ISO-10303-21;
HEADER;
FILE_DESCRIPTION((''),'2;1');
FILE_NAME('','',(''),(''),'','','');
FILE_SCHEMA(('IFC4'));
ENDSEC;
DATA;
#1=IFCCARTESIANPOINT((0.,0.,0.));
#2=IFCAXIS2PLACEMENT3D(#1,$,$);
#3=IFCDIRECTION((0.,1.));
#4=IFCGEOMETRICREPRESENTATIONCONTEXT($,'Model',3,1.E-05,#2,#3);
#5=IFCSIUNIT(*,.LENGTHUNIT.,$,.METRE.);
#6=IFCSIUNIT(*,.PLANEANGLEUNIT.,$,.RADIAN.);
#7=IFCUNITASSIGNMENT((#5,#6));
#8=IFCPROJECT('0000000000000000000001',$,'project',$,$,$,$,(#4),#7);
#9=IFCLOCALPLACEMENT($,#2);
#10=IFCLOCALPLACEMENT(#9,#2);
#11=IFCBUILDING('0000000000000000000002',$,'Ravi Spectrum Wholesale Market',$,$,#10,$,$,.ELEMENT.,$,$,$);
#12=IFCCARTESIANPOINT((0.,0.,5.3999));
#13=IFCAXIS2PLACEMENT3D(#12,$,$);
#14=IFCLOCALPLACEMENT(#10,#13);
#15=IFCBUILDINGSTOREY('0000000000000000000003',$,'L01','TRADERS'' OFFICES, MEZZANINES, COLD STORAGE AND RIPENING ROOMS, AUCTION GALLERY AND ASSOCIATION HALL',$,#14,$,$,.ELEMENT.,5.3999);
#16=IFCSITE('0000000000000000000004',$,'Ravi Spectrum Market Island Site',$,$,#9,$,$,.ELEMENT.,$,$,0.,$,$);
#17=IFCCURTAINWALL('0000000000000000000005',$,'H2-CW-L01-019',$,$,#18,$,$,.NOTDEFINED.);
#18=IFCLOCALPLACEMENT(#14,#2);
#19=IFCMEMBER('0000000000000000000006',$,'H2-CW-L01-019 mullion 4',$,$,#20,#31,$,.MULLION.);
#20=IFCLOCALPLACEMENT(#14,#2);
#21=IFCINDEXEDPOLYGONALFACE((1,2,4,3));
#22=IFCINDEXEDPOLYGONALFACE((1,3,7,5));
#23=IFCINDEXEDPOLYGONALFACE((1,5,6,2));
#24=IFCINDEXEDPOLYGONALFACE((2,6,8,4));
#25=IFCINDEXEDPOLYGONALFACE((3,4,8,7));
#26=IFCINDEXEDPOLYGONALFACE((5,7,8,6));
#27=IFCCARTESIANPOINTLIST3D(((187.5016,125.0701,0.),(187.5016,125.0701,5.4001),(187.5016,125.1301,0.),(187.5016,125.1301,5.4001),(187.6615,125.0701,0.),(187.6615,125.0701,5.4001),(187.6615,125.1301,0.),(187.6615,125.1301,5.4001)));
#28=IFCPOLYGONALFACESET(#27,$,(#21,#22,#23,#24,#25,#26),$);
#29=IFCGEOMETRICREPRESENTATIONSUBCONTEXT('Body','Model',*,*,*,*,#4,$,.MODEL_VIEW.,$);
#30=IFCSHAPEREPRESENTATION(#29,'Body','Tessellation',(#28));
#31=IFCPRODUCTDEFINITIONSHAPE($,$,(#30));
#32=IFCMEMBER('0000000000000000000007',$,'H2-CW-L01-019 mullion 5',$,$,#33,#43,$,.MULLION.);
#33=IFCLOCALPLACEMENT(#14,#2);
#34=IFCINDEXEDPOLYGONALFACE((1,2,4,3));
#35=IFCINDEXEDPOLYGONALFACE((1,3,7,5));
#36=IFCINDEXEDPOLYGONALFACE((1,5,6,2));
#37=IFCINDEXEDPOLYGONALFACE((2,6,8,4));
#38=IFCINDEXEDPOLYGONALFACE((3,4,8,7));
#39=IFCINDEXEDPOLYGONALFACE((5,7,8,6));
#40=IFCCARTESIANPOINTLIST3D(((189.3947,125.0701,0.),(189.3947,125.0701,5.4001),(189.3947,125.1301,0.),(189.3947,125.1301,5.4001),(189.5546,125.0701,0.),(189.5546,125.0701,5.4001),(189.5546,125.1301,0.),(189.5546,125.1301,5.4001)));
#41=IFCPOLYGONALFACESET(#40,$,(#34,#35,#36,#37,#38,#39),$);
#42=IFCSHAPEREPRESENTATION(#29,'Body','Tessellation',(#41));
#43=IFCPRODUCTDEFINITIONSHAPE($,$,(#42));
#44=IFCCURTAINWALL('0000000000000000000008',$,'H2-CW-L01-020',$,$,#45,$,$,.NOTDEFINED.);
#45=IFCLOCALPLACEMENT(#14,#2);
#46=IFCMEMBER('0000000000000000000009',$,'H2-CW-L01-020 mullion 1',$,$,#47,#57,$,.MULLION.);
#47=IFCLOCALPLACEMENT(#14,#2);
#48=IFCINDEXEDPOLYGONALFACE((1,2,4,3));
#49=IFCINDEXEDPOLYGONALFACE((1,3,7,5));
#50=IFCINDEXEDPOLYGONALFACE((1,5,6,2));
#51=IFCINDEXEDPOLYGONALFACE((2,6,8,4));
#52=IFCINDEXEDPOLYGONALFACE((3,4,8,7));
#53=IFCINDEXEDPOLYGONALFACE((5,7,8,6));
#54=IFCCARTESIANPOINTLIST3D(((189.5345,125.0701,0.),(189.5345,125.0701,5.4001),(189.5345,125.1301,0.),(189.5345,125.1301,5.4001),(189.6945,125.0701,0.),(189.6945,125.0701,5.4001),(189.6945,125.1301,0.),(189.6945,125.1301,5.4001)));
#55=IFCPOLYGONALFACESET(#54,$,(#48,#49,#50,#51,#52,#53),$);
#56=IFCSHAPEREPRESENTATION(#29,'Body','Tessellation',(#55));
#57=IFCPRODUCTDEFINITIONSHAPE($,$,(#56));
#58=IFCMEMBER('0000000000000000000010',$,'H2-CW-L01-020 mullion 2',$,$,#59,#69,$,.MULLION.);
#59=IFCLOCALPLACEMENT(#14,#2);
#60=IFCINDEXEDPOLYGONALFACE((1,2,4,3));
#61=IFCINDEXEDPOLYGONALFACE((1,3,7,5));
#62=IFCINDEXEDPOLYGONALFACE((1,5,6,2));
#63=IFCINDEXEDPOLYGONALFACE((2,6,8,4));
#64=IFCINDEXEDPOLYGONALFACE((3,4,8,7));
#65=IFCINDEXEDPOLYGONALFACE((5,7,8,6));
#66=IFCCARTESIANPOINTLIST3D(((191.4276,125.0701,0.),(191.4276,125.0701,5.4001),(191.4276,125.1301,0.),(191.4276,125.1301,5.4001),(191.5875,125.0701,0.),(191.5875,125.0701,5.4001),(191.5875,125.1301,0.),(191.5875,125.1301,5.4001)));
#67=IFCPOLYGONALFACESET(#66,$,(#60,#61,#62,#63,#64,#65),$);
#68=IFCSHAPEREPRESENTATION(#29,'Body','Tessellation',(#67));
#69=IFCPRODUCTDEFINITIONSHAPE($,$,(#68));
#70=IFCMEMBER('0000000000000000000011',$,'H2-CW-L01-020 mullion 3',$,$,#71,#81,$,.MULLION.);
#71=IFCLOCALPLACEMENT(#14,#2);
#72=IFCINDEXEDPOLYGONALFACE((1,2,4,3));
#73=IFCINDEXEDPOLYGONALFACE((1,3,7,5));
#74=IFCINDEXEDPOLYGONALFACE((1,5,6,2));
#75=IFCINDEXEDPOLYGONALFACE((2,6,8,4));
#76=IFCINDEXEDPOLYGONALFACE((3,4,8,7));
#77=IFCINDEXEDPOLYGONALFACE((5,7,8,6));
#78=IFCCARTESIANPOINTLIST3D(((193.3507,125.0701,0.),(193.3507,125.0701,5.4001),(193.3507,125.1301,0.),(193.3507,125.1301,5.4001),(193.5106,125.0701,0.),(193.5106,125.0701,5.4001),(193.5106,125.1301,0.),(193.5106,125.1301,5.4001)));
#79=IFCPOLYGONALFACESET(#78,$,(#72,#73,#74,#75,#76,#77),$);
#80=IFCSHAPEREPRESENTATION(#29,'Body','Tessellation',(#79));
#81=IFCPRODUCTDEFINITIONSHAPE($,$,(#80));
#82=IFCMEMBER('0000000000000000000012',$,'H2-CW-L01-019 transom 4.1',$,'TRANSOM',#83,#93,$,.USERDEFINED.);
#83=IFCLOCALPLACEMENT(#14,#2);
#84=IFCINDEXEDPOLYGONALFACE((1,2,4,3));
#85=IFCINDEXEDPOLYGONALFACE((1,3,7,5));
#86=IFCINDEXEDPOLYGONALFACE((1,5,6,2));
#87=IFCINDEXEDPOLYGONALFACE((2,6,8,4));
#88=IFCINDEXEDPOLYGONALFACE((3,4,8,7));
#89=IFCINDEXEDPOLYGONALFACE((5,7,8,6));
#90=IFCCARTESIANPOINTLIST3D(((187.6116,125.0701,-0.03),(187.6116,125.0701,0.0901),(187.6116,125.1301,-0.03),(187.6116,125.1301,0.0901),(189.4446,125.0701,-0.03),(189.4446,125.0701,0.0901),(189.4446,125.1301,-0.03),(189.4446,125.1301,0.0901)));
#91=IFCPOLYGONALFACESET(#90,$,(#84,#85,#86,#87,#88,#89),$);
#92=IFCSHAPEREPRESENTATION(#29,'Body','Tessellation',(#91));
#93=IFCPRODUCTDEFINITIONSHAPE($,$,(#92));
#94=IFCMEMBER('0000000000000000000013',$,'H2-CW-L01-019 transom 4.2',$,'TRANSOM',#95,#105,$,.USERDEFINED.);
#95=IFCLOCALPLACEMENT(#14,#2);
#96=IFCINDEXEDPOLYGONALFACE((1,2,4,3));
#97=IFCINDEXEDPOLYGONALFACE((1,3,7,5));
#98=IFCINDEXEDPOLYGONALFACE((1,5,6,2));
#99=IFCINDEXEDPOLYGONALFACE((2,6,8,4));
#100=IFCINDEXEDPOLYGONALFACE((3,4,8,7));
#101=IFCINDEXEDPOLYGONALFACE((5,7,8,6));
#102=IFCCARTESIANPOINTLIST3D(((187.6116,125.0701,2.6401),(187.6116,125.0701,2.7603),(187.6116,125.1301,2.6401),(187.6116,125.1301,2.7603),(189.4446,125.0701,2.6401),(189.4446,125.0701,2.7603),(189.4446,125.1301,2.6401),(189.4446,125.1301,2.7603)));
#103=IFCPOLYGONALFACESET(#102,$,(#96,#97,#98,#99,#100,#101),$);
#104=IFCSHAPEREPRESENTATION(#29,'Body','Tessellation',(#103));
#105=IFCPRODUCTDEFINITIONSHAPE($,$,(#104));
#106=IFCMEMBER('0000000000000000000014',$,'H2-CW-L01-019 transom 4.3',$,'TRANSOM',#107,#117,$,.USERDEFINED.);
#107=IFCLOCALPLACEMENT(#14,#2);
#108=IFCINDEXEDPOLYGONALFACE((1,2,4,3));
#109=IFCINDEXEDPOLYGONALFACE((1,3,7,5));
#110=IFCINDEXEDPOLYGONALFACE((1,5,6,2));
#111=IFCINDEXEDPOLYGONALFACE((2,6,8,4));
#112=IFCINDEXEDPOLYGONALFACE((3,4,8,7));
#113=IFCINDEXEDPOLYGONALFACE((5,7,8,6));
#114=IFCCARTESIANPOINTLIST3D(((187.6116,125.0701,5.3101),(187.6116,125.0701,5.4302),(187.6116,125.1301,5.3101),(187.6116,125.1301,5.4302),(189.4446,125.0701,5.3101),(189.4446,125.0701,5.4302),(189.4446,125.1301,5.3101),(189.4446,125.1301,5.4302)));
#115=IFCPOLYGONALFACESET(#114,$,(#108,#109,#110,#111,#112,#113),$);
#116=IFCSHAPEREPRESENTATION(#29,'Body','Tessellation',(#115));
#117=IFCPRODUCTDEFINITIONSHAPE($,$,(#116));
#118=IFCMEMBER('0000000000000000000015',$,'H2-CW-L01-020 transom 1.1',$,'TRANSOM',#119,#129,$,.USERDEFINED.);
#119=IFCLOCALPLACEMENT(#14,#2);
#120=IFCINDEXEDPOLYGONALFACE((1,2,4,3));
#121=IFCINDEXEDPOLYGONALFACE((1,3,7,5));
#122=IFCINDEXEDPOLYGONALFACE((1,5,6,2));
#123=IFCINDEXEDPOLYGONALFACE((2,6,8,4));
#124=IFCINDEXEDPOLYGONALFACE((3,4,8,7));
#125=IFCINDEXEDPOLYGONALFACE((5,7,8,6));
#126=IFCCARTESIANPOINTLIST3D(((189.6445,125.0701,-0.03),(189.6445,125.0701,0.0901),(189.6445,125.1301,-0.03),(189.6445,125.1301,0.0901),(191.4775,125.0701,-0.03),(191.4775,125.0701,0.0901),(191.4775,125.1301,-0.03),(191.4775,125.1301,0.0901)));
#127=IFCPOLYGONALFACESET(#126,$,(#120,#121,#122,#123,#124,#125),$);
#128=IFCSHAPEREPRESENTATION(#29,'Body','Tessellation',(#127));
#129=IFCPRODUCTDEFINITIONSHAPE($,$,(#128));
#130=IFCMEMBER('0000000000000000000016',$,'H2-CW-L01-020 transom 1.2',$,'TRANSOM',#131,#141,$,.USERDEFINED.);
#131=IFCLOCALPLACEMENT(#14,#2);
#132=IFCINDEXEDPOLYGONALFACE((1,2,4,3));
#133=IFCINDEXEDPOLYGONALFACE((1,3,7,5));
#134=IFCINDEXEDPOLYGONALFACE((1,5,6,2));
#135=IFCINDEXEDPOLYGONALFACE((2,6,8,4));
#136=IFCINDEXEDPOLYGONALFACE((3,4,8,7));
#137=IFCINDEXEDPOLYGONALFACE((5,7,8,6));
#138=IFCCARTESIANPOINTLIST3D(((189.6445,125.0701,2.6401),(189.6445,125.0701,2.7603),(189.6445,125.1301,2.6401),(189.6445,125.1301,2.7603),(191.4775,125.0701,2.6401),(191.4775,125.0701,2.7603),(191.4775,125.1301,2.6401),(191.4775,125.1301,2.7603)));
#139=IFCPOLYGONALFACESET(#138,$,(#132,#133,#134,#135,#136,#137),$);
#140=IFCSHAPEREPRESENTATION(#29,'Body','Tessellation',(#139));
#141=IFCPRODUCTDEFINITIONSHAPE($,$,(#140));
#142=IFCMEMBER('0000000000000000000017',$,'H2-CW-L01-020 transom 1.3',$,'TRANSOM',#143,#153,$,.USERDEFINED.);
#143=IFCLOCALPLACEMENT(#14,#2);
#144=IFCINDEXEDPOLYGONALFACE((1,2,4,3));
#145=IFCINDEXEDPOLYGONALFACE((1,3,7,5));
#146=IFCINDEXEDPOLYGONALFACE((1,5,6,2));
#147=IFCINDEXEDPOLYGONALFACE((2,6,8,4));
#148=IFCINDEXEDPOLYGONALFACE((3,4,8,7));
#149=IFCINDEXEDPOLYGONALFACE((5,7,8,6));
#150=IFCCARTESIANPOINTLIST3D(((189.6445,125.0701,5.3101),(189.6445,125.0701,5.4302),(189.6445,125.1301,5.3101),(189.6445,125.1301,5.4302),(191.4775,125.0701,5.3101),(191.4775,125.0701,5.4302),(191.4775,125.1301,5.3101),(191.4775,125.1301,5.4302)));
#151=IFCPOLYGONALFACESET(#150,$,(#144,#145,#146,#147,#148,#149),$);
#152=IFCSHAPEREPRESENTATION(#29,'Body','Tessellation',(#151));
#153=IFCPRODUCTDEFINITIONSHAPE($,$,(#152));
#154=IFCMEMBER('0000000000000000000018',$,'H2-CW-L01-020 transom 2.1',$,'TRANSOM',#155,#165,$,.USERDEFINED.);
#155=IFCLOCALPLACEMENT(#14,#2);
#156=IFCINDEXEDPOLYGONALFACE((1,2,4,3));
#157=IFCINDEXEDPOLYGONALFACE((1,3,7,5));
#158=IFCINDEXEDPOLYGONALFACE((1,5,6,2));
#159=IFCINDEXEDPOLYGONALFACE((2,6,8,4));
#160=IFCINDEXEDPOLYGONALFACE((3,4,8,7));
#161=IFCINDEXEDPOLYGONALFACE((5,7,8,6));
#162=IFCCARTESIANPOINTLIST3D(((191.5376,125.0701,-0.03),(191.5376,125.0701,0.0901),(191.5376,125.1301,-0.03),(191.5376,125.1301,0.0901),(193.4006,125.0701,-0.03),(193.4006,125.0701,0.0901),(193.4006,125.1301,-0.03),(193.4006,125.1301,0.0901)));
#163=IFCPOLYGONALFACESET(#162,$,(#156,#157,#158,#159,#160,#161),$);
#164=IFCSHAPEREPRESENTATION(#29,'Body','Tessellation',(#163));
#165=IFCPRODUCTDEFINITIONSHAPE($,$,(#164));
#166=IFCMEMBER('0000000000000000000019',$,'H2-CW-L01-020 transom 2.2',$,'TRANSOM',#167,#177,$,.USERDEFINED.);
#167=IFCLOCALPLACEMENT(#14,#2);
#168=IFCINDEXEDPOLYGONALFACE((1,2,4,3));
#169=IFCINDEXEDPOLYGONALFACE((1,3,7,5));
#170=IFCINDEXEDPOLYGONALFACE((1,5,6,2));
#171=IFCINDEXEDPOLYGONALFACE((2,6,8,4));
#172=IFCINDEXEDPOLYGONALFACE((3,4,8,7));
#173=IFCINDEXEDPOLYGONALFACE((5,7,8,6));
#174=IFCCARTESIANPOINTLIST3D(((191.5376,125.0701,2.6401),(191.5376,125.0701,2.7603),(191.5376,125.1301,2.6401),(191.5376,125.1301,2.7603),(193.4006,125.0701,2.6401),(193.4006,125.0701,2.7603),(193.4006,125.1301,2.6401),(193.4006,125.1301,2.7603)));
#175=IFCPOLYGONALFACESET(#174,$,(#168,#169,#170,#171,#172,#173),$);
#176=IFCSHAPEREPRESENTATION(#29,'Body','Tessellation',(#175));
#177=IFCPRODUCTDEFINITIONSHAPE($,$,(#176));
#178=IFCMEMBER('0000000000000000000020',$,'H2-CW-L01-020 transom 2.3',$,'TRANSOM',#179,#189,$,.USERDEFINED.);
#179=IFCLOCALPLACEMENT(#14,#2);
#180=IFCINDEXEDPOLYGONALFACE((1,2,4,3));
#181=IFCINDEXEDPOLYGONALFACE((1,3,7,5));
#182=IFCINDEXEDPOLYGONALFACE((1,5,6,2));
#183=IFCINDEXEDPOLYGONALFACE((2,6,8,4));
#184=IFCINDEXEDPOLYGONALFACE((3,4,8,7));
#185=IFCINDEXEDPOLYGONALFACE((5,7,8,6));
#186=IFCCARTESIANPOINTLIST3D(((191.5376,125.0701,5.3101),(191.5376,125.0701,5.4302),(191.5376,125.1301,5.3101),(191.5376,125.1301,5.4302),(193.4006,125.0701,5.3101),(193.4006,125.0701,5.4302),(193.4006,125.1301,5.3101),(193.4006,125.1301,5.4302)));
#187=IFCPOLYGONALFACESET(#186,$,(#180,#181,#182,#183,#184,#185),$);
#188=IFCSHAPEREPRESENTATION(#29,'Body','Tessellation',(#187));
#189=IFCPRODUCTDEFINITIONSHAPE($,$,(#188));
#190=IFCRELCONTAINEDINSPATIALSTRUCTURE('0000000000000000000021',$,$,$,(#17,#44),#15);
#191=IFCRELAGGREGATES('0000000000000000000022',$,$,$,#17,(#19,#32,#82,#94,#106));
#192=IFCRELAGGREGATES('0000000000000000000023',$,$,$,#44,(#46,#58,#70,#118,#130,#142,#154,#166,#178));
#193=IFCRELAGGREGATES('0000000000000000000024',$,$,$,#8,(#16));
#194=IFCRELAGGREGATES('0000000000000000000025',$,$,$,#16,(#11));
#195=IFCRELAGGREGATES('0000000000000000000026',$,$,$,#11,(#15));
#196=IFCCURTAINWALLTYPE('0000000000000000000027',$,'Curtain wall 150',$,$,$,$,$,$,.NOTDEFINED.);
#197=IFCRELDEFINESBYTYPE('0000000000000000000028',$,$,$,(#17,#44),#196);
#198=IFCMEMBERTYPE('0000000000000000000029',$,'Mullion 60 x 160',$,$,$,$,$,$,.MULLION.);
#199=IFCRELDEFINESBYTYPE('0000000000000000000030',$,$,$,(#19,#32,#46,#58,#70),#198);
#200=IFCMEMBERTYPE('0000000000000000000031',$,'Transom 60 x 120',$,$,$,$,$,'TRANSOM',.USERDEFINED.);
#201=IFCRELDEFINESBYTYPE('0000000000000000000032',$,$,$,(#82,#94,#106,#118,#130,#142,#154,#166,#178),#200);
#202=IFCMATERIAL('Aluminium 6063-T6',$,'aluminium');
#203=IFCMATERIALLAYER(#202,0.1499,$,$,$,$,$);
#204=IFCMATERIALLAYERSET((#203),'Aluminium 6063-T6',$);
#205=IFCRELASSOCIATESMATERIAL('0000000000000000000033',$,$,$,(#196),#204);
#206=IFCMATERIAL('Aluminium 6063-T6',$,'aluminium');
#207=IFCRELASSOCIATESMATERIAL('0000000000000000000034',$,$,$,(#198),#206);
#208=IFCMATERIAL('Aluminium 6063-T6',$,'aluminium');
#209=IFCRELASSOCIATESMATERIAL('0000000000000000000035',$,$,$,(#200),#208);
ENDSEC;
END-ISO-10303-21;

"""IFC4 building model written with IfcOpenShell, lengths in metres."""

from ifc_helpers import new_model, si_unit, direction, frame, origin, origin_2d, place, context, subcontext, project, spatial, rectangle, extrude, material, layer, layer_set, material_profile, profile_set, type_object, element, aggregate, save


model = new_model("IFC4")

# Units and contexts
model_context = context("Model", 3, precision=1e-05, world=origin(), true_north=direction((0.0, 1.0)))
body_context = subcontext(model_context, "Body", "Model", "MODEL_VIEW")
ifc_project = project(units=[si_unit("LENGTHUNIT", "METRE"), si_unit("PLANEANGLEUNIT", "RADIAN")], contexts=[model_context])

# Site, building, storey
site_placement = place(None, origin())
site = spatial("IfcSite", under=ifc_project, at=site_placement, Name="Ravi Spectrum Market Island Site", CompositionType="ELEMENT", RefElevation=0.0)
building_placement = place(site_placement, origin())
building = spatial("IfcBuilding", under=site, at=building_placement, Name="Ravi Spectrum Wholesale Market", CompositionType="ELEMENT")
storey_placement = place(building_placement, frame((0.0, 0.0, 5.3999)))
storey = spatial("IfcBuildingStorey", under=building, at=storey_placement, Name="L01", Description="TRADERS' OFFICES, MEZZANINES, COLD STORAGE AND RIPENING ROOMS, AUCTION GALLERY AND ASSOCIATION HALL", CompositionType="ELEMENT", Elevation=5.3999)

# Curtain walls, members
ifc_material_1 = material(Name="Aluminium 6063-T6", Category="aluminium")
ifc_layer_1 = layer(ifc_material_1, 0.1499)
ifc_layer_set_1 = layer_set([ifc_layer_1], Name="Aluminium 6063-T6")
curtain_wall_type = type_object("IfcCurtainWallType", Name="Curtain wall 150", PredefinedType="NOTDEFINED", material=ifc_layer_set_1)
curtain_wall_1_placement = place(storey_placement, origin())
curtain_wall_1 = element("IfcCurtainWall", 1, at=curtain_wall_1_placement, inside=storey, type_object=curtain_wall_type, Name="H2-CW-L01-019", PredefinedType="NOTDEFINED")
ifc_material_2 = material(Name="Aluminium 6063-T6", Category="aluminium")
ifc_material_profile_1 = material_profile(ifc_material_2, rectangle(XDim=0.0601, YDim=0.1599, at=origin_2d()))
ifc_profile_set_1 = profile_set([ifc_material_profile_1], Name="Aluminium 6063-T6")
member_type_1 = type_object("IfcMemberType", Name="Mullion 60 x 160", PredefinedType="MULLION", material=ifc_profile_set_1)
member_1_placement = place(storey_placement, frame((187.5815, 125.1001, 0.0), z_axis=(0.0, 0.0, 1.0), x_axis=(0.0, 1.0, 0.0)))
member_1 = element("IfcMember", 2, at=member_1_placement, type_object=member_type_1, Name="H2-CW-L01-019 mullion 4", PredefinedType="MULLION", context=body_context, shape_type="SweptSolid", body=[
    extrude(rectangle(XDim=0.0601, YDim=0.1599, at=origin_2d()), origin(), (0.0, 0.0, 1.0), 5.4001),
])
member_2_placement = place(storey_placement, frame((189.4746, 125.1001, 0.0), z_axis=(0.0, 0.0, 1.0), x_axis=(0.0, 1.0, 0.0)))
member_2 = element("IfcMember", 3, at=member_2_placement, type_object=member_type_1, Name="H2-CW-L01-019 mullion 5", PredefinedType="MULLION", context=body_context, shape_type="SweptSolid", body=[
    extrude(rectangle(XDim=0.0601, YDim=0.1599, at=origin_2d()), origin(), (0.0, 0.0, 1.0), 5.4001),
])
curtain_wall_2_placement = place(storey_placement, origin())
curtain_wall_2 = element("IfcCurtainWall", 4, at=curtain_wall_2_placement, inside=storey, type_object=curtain_wall_type, Name="H2-CW-L01-020", PredefinedType="NOTDEFINED")
member_3_placement = place(storey_placement, frame((189.6145, 125.1001, 0.0), z_axis=(0.0, 0.0, 1.0), x_axis=(0.0, 1.0, 0.0)))
member_3 = element("IfcMember", 5, at=member_3_placement, type_object=member_type_1, Name="H2-CW-L01-020 mullion 1", PredefinedType="MULLION", context=body_context, shape_type="SweptSolid", body=[
    extrude(rectangle(XDim=0.0601, YDim=0.1599, at=origin_2d()), origin(), (0.0, 0.0, 1.0), 5.4001),
])
member_4_placement = place(storey_placement, frame((191.5076, 125.1001, 0.0), z_axis=(0.0, 0.0, 1.0), x_axis=(0.0, 1.0, 0.0)))
member_4 = element("IfcMember", 6, at=member_4_placement, type_object=member_type_1, Name="H2-CW-L01-020 mullion 2", PredefinedType="MULLION", context=body_context, shape_type="SweptSolid", body=[
    extrude(rectangle(XDim=0.0601, YDim=0.1599, at=origin_2d()), origin(), (0.0, 0.0, 1.0), 5.4001),
])
member_5_placement = place(storey_placement, frame((193.4307, 125.1001, 0.0), z_axis=(0.0, 0.0, 1.0), x_axis=(0.0, 1.0, 0.0)))
member_5 = element("IfcMember", 7, at=member_5_placement, type_object=member_type_1, Name="H2-CW-L01-020 mullion 3", PredefinedType="MULLION", context=body_context, shape_type="SweptSolid", body=[
    extrude(rectangle(XDim=0.0601, YDim=0.1599, at=origin_2d()), origin(), (0.0, 0.0, 1.0), 5.4001),
])

# Members
ifc_material_3 = material(Name="Aluminium 6063-T6", Category="aluminium")
ifc_material_profile_2 = material_profile(ifc_material_3, rectangle(XDim=0.0601, YDim=0.1201, at=origin_2d()))
ifc_profile_set_2 = profile_set([ifc_material_profile_2], Name="Aluminium 6063-T6")
member_type_2 = type_object("IfcMemberType", Name="Transom 60 x 120", ElementType="TRANSOM", PredefinedType="USERDEFINED", material=ifc_profile_set_2)
member_6_placement = place(storey_placement, frame((187.6116, 125.1001, 0.03), z_axis=(1.0, 0.0, 0.0), x_axis=(0.0, 1.0, 0.0)))
member_6 = element("IfcMember", 8, at=member_6_placement, type_object=member_type_2, Name="H2-CW-L01-019 transom 4.1", ObjectType="TRANSOM", PredefinedType="USERDEFINED", context=body_context, shape_type="SweptSolid", body=[
    extrude(rectangle(XDim=0.0601, YDim=0.1201, at=origin_2d()), origin(), (0.0, 0.0, 1.0), 1.833),
])
member_7_placement = place(storey_placement, frame((187.6116, 125.1001, 2.7002), z_axis=(1.0, 0.0, 0.0), x_axis=(0.0, 1.0, 0.0)))
member_7 = element("IfcMember", 9, at=member_7_placement, type_object=member_type_2, Name="H2-CW-L01-019 transom 4.2", ObjectType="TRANSOM", PredefinedType="USERDEFINED", context=body_context, shape_type="SweptSolid", body=[
    extrude(rectangle(XDim=0.0601, YDim=0.1201, at=origin_2d()), origin(), (0.0, 0.0, 1.0), 1.833),
])
member_8_placement = place(storey_placement, frame((187.6116, 125.1001, 5.3701), z_axis=(1.0, 0.0, 0.0), x_axis=(0.0, 1.0, 0.0)))
member_8 = element("IfcMember", 10, at=member_8_placement, type_object=member_type_2, Name="H2-CW-L01-019 transom 4.3", ObjectType="TRANSOM", PredefinedType="USERDEFINED", context=body_context, shape_type="SweptSolid", body=[
    extrude(rectangle(XDim=0.0601, YDim=0.1201, at=origin_2d()), origin(), (0.0, 0.0, 1.0), 1.833),
])
member_9_placement = place(storey_placement, frame((189.6445, 125.1001, 0.03), z_axis=(1.0, 0.0, 0.0), x_axis=(0.0, 1.0, 0.0)))
member_9 = element("IfcMember", 11, at=member_9_placement, type_object=member_type_2, Name="H2-CW-L01-020 transom 1.1", ObjectType="TRANSOM", PredefinedType="USERDEFINED", context=body_context, shape_type="SweptSolid", body=[
    extrude(rectangle(XDim=0.0601, YDim=0.1201, at=origin_2d()), origin(), (0.0, 0.0, 1.0), 1.833),
])
member_10_placement = place(storey_placement, frame((189.6445, 125.1001, 2.7002), z_axis=(1.0, 0.0, 0.0), x_axis=(0.0, 1.0, 0.0)))
member_10 = element("IfcMember", 12, at=member_10_placement, type_object=member_type_2, Name="H2-CW-L01-020 transom 1.2", ObjectType="TRANSOM", PredefinedType="USERDEFINED", context=body_context, shape_type="SweptSolid", body=[
    extrude(rectangle(XDim=0.0601, YDim=0.1201, at=origin_2d()), origin(), (0.0, 0.0, 1.0), 1.833),
])
member_11_placement = place(storey_placement, frame((189.6445, 125.1001, 5.3701), z_axis=(1.0, 0.0, 0.0), x_axis=(0.0, 1.0, 0.0)))
member_11 = element("IfcMember", 13, at=member_11_placement, type_object=member_type_2, Name="H2-CW-L01-020 transom 1.3", ObjectType="TRANSOM", PredefinedType="USERDEFINED", context=body_context, shape_type="SweptSolid", body=[
    extrude(rectangle(XDim=0.0601, YDim=0.1201, at=origin_2d()), origin(), (0.0, 0.0, 1.0), 1.833),
])
member_12_placement = place(storey_placement, frame((191.5376, 125.1001, 0.03), z_axis=(1.0, 0.0, 0.0), x_axis=(0.0, 1.0, 0.0)))
member_12 = element("IfcMember", 14, at=member_12_placement, type_object=member_type_2, Name="H2-CW-L01-020 transom 2.1", ObjectType="TRANSOM", PredefinedType="USERDEFINED", context=body_context, shape_type="SweptSolid", body=[
    extrude(rectangle(XDim=0.0601, YDim=0.1201, at=origin_2d()), origin(), (0.0, 0.0, 1.0), 1.863),
])
member_13_placement = place(storey_placement, frame((191.5376, 125.1001, 2.7002), z_axis=(1.0, 0.0, 0.0), x_axis=(0.0, 1.0, 0.0)))
member_13 = element("IfcMember", 15, at=member_13_placement, type_object=member_type_2, Name="H2-CW-L01-020 transom 2.2", ObjectType="TRANSOM", PredefinedType="USERDEFINED", context=body_context, shape_type="SweptSolid", body=[
    extrude(rectangle(XDim=0.0601, YDim=0.1201, at=origin_2d()), origin(), (0.0, 0.0, 1.0), 1.863),
])
member_14_placement = place(storey_placement, frame((191.5376, 125.1001, 5.3701), z_axis=(1.0, 0.0, 0.0), x_axis=(0.0, 1.0, 0.0)))
member_14 = element("IfcMember", 16, at=member_14_placement, type_object=member_type_2, Name="H2-CW-L01-020 transom 2.3", ObjectType="TRANSOM", PredefinedType="USERDEFINED", context=body_context, shape_type="SweptSolid", body=[
    extrude(rectangle(XDim=0.0601, YDim=0.1201, at=origin_2d()), origin(), (0.0, 0.0, 1.0), 1.863),
])

aggregate(curtain_wall_1, [member_1, member_2, member_6, member_7, member_8])
aggregate(curtain_wall_2, [member_3, member_4, member_5, member_9, member_10, member_11, member_12, member_13, member_14])

save(model, "model.ifc")
